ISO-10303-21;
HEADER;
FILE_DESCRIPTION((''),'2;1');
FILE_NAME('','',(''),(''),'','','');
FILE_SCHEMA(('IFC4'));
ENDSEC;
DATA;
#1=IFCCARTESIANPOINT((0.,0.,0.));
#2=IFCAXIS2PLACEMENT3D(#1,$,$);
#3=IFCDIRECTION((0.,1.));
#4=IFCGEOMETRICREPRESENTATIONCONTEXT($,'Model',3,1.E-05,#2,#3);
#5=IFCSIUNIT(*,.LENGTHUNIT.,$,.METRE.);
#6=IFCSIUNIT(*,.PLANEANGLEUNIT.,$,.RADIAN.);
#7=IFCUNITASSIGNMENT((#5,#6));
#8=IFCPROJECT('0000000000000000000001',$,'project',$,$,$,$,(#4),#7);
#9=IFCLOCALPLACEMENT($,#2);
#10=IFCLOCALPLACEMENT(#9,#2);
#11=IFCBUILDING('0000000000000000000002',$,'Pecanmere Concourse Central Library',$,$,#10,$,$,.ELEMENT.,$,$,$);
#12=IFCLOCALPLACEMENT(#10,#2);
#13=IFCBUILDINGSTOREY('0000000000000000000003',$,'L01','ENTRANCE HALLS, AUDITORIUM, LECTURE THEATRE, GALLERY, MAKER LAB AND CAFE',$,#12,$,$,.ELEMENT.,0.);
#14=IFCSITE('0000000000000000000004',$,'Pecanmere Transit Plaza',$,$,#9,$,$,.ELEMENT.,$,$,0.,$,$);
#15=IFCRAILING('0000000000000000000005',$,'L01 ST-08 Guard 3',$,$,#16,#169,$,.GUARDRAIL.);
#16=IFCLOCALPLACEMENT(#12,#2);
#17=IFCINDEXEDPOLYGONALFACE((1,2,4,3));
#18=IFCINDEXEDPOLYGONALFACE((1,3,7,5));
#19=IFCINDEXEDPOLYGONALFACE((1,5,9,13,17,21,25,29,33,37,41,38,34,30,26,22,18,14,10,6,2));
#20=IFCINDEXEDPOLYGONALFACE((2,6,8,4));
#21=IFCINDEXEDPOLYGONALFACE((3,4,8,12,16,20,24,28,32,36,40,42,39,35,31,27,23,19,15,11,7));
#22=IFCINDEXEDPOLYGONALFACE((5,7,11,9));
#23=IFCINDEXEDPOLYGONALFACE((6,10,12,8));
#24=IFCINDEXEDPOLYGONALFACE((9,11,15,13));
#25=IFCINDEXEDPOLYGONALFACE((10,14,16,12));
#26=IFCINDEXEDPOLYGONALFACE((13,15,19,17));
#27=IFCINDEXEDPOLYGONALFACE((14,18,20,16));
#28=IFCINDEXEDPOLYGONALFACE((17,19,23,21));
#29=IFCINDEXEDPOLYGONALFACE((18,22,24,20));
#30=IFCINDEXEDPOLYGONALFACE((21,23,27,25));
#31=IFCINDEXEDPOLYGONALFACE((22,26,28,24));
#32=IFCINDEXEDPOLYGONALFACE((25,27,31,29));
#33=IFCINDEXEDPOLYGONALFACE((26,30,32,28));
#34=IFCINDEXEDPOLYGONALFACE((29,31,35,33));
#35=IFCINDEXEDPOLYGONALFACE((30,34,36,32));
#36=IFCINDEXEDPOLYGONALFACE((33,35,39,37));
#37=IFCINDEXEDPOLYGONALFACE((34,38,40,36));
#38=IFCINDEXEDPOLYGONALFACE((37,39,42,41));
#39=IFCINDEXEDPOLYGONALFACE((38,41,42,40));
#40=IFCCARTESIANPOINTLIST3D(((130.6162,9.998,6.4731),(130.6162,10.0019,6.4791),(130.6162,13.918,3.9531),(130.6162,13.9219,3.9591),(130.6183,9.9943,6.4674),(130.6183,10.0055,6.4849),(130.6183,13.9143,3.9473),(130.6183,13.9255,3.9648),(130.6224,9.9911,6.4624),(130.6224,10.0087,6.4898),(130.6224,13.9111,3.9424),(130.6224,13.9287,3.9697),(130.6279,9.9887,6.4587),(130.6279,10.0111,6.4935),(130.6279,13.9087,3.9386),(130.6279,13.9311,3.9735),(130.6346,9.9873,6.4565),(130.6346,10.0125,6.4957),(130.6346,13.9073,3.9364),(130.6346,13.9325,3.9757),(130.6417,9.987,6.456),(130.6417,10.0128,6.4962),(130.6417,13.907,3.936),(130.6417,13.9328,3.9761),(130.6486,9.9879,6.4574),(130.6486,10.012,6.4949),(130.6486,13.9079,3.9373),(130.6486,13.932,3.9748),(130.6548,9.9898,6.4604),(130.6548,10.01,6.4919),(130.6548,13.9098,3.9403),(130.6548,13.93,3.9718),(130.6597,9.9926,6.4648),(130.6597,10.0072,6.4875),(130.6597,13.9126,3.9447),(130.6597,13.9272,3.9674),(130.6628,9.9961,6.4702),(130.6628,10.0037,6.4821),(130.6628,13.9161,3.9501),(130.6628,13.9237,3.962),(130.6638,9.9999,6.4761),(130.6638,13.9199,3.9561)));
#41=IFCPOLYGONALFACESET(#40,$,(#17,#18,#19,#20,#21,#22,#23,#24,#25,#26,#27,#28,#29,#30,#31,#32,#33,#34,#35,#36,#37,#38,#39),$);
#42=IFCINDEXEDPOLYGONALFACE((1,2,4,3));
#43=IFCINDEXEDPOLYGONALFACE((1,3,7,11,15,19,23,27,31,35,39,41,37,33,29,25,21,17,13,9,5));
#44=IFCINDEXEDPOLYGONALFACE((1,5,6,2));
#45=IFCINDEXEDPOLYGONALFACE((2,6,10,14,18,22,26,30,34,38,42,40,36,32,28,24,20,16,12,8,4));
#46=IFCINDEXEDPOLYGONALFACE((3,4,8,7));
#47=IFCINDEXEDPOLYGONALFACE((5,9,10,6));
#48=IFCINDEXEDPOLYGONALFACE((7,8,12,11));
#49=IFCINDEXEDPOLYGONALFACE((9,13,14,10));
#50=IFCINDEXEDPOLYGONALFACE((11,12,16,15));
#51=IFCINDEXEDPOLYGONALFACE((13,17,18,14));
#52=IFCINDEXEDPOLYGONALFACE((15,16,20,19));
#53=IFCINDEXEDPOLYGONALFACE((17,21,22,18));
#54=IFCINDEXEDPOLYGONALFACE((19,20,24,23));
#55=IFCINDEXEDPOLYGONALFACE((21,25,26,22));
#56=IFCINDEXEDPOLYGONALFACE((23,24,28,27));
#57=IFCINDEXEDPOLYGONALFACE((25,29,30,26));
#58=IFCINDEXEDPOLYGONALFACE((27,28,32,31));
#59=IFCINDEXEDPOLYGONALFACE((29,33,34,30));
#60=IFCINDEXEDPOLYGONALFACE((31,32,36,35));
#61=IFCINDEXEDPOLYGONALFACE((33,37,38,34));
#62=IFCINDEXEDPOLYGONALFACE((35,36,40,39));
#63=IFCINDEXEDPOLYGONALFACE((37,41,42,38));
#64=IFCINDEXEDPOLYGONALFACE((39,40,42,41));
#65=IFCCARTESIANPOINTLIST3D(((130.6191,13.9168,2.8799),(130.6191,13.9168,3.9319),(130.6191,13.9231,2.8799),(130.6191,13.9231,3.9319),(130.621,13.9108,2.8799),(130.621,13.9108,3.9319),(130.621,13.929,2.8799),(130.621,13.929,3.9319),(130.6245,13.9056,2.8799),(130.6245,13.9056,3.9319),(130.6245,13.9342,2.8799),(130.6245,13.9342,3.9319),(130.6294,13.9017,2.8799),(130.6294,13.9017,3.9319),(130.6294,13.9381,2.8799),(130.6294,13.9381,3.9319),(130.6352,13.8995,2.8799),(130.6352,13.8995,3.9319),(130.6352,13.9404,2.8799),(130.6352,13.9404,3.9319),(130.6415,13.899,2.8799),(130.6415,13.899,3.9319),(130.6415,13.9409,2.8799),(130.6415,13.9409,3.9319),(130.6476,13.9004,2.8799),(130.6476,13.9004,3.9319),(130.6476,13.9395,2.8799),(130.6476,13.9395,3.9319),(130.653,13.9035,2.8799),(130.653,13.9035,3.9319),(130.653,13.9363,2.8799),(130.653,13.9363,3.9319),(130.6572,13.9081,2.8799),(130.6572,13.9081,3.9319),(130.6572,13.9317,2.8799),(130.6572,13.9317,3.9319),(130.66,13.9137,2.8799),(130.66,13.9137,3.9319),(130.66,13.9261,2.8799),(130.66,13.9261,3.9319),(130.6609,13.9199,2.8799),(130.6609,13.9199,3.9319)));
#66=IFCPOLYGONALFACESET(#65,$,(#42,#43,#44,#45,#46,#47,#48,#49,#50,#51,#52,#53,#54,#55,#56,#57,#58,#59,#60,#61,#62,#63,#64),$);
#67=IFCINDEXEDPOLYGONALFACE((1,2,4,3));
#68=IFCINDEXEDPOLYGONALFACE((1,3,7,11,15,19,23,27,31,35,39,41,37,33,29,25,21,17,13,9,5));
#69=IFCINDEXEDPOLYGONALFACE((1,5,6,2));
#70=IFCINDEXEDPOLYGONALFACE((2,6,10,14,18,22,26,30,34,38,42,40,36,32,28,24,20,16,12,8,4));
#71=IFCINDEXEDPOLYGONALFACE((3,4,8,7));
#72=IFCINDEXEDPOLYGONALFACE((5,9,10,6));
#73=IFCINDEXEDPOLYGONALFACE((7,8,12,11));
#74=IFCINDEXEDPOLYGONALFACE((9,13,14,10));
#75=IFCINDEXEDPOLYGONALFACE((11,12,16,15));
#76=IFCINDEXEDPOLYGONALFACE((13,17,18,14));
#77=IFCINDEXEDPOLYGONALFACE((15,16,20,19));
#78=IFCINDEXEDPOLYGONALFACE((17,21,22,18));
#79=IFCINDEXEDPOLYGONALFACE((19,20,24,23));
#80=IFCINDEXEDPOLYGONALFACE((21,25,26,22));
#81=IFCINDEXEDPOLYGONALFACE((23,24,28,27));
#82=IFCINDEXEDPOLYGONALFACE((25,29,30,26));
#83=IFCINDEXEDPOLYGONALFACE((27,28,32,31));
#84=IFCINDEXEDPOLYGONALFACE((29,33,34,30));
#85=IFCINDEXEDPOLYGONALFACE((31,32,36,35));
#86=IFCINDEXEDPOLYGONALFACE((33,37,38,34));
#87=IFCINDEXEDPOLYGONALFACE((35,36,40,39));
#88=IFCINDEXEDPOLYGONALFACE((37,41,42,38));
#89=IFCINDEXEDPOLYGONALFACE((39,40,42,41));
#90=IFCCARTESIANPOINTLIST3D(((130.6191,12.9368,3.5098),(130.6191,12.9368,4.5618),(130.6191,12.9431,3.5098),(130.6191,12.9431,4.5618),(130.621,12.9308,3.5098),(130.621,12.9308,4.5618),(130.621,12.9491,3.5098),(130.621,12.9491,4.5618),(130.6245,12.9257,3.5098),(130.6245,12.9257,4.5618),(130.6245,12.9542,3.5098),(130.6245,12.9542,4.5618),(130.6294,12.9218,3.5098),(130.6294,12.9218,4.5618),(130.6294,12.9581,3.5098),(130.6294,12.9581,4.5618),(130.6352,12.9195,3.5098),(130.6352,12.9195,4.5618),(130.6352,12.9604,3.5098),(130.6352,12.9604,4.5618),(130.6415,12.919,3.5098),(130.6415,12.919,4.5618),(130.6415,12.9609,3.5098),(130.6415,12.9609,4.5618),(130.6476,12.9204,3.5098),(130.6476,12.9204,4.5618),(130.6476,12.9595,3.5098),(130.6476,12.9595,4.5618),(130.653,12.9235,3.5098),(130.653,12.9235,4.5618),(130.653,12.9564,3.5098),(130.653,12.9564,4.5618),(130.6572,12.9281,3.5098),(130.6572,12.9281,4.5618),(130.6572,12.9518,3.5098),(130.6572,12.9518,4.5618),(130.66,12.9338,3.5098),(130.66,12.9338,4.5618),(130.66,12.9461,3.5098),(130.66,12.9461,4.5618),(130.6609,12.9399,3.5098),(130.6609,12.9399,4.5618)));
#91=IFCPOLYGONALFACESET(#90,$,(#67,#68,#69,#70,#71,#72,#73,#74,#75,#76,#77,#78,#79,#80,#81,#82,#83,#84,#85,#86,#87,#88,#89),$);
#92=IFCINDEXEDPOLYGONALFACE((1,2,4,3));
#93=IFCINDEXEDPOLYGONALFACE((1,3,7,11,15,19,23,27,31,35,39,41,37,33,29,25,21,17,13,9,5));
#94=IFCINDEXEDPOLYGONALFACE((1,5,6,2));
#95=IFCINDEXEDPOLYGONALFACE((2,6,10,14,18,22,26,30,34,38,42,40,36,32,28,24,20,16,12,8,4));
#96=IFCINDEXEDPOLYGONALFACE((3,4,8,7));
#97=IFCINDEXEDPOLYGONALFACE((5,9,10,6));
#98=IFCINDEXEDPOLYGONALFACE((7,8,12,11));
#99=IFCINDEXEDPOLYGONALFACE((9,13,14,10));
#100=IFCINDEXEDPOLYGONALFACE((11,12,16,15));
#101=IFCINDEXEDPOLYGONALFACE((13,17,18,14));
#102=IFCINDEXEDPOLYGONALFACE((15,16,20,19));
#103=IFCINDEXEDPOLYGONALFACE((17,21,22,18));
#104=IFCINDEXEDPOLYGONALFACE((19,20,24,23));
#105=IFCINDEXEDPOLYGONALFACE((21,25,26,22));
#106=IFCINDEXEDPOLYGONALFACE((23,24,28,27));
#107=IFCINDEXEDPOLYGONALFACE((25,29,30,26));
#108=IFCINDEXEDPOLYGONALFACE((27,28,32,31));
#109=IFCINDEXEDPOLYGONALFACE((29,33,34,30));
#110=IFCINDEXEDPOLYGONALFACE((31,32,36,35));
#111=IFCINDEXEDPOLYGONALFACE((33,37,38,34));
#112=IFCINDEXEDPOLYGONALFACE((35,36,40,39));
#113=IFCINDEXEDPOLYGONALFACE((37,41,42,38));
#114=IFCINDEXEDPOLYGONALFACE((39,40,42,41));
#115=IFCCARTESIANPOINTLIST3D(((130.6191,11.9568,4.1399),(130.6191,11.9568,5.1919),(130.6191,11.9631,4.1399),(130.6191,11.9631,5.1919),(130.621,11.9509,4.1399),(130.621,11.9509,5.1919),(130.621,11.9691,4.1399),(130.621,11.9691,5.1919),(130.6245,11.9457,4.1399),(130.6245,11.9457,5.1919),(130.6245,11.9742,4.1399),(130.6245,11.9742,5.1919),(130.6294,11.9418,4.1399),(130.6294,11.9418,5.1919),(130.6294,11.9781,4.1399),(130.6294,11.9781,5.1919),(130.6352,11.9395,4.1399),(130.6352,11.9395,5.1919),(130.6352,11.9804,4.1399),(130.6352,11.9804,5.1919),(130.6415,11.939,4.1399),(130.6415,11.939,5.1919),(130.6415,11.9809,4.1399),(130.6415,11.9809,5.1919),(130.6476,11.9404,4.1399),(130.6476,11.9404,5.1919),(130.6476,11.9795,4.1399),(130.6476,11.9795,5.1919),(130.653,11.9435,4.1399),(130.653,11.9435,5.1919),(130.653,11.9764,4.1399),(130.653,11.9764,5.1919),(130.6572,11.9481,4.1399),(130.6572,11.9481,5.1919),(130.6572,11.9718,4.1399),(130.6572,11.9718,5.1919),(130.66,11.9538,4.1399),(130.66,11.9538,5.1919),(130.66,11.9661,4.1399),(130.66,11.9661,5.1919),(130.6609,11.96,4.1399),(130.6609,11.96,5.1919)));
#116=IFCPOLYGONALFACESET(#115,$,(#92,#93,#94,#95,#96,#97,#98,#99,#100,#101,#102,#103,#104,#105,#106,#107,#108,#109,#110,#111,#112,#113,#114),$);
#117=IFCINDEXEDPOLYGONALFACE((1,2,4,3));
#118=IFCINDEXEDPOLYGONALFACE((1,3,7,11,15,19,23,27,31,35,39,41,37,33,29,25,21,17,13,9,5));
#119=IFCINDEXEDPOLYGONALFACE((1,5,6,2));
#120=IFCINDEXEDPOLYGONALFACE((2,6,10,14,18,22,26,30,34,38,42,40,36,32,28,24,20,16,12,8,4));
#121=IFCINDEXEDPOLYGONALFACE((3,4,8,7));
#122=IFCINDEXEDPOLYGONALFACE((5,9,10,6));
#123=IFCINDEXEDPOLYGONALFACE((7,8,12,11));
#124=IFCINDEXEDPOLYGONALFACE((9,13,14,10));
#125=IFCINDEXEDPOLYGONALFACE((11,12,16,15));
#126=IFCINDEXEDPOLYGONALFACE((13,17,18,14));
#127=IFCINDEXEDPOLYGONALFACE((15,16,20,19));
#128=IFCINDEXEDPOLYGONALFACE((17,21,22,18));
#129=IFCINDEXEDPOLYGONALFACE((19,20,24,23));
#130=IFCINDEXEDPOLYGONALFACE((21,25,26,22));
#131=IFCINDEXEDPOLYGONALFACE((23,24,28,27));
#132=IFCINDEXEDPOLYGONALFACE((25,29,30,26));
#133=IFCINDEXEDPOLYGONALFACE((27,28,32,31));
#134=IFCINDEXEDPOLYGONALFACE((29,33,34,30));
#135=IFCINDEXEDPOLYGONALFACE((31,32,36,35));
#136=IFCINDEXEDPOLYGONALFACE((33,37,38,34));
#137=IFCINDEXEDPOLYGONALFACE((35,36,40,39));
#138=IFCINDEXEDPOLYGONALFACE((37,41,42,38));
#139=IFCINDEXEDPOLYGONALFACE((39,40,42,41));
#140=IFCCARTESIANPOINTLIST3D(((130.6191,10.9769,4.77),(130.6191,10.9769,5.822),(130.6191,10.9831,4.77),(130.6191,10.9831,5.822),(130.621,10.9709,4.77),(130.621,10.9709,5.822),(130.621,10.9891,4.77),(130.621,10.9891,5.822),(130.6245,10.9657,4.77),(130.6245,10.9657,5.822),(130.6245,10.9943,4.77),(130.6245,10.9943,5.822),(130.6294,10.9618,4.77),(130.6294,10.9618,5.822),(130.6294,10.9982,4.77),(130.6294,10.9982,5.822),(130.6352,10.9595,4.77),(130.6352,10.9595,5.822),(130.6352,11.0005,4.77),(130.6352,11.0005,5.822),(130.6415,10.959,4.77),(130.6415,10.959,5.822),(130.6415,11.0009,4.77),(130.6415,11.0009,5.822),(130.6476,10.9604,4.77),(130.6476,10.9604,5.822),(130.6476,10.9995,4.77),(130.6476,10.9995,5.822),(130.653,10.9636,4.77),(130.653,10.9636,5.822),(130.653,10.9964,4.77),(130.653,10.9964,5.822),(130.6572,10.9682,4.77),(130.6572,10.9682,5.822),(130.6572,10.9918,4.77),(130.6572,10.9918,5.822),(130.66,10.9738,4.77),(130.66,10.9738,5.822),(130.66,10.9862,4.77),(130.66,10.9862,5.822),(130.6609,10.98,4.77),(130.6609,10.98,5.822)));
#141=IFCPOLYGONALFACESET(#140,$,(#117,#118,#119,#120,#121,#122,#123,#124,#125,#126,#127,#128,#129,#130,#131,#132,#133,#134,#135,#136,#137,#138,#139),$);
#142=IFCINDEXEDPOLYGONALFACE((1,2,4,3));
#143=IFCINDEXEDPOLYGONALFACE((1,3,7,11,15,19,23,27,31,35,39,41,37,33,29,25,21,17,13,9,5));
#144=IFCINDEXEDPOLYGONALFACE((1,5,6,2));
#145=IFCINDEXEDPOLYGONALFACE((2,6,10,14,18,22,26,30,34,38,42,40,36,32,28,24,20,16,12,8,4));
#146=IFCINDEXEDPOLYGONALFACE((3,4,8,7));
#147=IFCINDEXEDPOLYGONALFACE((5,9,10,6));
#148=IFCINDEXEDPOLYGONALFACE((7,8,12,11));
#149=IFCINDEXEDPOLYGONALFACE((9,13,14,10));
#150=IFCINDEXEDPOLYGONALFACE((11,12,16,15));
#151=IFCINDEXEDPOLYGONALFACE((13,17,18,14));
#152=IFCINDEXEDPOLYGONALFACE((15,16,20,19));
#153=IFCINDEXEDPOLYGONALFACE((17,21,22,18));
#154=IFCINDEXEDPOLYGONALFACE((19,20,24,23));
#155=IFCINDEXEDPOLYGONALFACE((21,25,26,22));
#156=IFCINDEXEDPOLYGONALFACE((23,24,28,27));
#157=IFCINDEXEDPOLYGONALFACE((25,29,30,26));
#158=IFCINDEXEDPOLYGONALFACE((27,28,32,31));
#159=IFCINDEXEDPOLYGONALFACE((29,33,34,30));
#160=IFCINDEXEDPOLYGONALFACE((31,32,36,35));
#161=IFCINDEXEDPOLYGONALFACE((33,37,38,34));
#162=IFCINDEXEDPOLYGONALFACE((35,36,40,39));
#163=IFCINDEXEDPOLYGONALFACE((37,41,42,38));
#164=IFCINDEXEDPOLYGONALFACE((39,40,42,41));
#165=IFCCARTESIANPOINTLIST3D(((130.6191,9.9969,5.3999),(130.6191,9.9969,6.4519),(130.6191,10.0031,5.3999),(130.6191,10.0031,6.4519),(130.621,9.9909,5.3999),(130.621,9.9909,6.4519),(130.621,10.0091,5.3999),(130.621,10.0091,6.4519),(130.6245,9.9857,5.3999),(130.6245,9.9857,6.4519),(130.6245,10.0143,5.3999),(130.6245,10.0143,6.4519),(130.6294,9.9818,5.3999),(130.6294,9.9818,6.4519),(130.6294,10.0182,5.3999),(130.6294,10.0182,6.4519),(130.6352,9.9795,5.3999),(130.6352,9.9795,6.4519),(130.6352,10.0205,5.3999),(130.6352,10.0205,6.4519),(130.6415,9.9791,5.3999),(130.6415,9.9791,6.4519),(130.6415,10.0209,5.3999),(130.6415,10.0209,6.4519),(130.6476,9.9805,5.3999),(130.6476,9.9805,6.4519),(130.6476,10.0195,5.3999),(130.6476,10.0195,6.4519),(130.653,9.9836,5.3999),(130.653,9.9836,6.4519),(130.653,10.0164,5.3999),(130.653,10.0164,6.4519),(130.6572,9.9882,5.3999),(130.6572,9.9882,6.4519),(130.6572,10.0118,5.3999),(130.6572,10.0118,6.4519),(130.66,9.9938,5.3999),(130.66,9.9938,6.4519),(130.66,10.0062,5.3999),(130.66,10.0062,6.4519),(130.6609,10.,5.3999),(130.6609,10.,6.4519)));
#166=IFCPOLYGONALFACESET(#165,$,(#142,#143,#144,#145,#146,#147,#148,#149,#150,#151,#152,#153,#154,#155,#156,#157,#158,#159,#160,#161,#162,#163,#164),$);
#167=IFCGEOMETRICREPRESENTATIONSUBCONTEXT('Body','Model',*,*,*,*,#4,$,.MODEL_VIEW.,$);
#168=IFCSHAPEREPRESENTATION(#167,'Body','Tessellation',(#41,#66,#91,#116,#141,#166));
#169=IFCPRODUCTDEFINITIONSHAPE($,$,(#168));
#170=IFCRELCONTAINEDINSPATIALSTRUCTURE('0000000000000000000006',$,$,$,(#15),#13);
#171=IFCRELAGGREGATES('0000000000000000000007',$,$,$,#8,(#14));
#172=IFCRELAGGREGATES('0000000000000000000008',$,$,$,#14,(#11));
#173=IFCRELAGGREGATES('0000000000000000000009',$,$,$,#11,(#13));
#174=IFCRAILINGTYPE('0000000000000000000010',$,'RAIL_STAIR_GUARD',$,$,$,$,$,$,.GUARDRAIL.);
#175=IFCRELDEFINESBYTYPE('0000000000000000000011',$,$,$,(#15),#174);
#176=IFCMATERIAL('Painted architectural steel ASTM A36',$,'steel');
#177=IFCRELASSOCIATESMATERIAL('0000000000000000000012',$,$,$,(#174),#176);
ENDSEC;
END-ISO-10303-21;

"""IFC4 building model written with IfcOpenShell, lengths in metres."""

from ifc_helpers import new_model, si_unit, direction, frame, origin, origin_2d, place, context, subcontext, project, spatial, circle, extrude, material, type_object, element, save


model = new_model("IFC4")

# Units and contexts
model_context = context("Model", 3, precision=1e-05, world=origin(), true_north=direction((0.0, 1.0)))
body_context = subcontext(model_context, "Body", "Model", "MODEL_VIEW")
ifc_project = project(units=[si_unit("LENGTHUNIT", "METRE"), si_unit("PLANEANGLEUNIT", "RADIAN")], contexts=[model_context])

# Site, building, storey
site_placement = place(None, origin())
site = spatial("IfcSite", under=ifc_project, at=site_placement, Name="Pecanmere Transit Plaza", CompositionType="ELEMENT", RefElevation=0.0)
building_placement = place(site_placement, origin())
building = spatial("IfcBuilding", under=site, at=building_placement, Name="Pecanmere Concourse Central Library", CompositionType="ELEMENT")
storey_placement = place(building_placement, origin())
storey = spatial("IfcBuildingStorey", under=building, at=storey_placement, Name="L01", Description="ENTRANCE HALLS, AUDITORIUM, LECTURE THEATRE, GALLERY, MAKER LAB AND CAFE", CompositionType="ELEMENT", Elevation=0.0)

# Railing
ifc_material_1 = material(Name="Painted architectural steel ASTM A36", Category="steel")
railing_type_1 = type_object("IfcRailingType", Name="RAIL_STAIR_GUARD", PredefinedType="GUARDRAIL", material=ifc_material_1)
railing_1_placement = place(storey_placement, frame((130.6399, 13.9199, 2.8799)))
element("IfcRailing", 1, at=railing_1_placement, inside=storey, type_object=railing_type_1, Name="L01 ST-08 Guard 3", PredefinedType="GUARDRAIL", context=body_context, shape_type="SweptSolid", body=[
    extrude(circle(Radius=0.0239, at=origin_2d()), frame((0.0, 0.0, 1.0762), z_axis=(0.0, -0.841172, 0.540768), x_axis=(1.0, 0.0, 0.0)), (0.0, 0.0, 1.0), 4.6602),
    extrude(circle(Radius=0.021, at=origin_2d()), origin(), (0.0, 0.0, 1.0), 1.052),
    extrude(circle(Radius=0.021, at=origin_2d()), frame((0.0, -0.98, 0.6299)), (0.0, 0.0, 1.0), 1.052),
    extrude(circle(Radius=0.021, at=origin_2d()), frame((0.0, -1.96, 1.26)), (0.0, 0.0, 1.0), 1.052),
    extrude(circle(Radius=0.021, at=origin_2d()), frame((0.0, -2.9399, 1.8901)), (0.0, 0.0, 1.0), 1.052),
    extrude(circle(Radius=0.021, at=origin_2d()), frame((0.0, -3.9199, 2.52)), (0.0, 0.0, 1.0), 1.052),
])

save(model, "model.ifc")
